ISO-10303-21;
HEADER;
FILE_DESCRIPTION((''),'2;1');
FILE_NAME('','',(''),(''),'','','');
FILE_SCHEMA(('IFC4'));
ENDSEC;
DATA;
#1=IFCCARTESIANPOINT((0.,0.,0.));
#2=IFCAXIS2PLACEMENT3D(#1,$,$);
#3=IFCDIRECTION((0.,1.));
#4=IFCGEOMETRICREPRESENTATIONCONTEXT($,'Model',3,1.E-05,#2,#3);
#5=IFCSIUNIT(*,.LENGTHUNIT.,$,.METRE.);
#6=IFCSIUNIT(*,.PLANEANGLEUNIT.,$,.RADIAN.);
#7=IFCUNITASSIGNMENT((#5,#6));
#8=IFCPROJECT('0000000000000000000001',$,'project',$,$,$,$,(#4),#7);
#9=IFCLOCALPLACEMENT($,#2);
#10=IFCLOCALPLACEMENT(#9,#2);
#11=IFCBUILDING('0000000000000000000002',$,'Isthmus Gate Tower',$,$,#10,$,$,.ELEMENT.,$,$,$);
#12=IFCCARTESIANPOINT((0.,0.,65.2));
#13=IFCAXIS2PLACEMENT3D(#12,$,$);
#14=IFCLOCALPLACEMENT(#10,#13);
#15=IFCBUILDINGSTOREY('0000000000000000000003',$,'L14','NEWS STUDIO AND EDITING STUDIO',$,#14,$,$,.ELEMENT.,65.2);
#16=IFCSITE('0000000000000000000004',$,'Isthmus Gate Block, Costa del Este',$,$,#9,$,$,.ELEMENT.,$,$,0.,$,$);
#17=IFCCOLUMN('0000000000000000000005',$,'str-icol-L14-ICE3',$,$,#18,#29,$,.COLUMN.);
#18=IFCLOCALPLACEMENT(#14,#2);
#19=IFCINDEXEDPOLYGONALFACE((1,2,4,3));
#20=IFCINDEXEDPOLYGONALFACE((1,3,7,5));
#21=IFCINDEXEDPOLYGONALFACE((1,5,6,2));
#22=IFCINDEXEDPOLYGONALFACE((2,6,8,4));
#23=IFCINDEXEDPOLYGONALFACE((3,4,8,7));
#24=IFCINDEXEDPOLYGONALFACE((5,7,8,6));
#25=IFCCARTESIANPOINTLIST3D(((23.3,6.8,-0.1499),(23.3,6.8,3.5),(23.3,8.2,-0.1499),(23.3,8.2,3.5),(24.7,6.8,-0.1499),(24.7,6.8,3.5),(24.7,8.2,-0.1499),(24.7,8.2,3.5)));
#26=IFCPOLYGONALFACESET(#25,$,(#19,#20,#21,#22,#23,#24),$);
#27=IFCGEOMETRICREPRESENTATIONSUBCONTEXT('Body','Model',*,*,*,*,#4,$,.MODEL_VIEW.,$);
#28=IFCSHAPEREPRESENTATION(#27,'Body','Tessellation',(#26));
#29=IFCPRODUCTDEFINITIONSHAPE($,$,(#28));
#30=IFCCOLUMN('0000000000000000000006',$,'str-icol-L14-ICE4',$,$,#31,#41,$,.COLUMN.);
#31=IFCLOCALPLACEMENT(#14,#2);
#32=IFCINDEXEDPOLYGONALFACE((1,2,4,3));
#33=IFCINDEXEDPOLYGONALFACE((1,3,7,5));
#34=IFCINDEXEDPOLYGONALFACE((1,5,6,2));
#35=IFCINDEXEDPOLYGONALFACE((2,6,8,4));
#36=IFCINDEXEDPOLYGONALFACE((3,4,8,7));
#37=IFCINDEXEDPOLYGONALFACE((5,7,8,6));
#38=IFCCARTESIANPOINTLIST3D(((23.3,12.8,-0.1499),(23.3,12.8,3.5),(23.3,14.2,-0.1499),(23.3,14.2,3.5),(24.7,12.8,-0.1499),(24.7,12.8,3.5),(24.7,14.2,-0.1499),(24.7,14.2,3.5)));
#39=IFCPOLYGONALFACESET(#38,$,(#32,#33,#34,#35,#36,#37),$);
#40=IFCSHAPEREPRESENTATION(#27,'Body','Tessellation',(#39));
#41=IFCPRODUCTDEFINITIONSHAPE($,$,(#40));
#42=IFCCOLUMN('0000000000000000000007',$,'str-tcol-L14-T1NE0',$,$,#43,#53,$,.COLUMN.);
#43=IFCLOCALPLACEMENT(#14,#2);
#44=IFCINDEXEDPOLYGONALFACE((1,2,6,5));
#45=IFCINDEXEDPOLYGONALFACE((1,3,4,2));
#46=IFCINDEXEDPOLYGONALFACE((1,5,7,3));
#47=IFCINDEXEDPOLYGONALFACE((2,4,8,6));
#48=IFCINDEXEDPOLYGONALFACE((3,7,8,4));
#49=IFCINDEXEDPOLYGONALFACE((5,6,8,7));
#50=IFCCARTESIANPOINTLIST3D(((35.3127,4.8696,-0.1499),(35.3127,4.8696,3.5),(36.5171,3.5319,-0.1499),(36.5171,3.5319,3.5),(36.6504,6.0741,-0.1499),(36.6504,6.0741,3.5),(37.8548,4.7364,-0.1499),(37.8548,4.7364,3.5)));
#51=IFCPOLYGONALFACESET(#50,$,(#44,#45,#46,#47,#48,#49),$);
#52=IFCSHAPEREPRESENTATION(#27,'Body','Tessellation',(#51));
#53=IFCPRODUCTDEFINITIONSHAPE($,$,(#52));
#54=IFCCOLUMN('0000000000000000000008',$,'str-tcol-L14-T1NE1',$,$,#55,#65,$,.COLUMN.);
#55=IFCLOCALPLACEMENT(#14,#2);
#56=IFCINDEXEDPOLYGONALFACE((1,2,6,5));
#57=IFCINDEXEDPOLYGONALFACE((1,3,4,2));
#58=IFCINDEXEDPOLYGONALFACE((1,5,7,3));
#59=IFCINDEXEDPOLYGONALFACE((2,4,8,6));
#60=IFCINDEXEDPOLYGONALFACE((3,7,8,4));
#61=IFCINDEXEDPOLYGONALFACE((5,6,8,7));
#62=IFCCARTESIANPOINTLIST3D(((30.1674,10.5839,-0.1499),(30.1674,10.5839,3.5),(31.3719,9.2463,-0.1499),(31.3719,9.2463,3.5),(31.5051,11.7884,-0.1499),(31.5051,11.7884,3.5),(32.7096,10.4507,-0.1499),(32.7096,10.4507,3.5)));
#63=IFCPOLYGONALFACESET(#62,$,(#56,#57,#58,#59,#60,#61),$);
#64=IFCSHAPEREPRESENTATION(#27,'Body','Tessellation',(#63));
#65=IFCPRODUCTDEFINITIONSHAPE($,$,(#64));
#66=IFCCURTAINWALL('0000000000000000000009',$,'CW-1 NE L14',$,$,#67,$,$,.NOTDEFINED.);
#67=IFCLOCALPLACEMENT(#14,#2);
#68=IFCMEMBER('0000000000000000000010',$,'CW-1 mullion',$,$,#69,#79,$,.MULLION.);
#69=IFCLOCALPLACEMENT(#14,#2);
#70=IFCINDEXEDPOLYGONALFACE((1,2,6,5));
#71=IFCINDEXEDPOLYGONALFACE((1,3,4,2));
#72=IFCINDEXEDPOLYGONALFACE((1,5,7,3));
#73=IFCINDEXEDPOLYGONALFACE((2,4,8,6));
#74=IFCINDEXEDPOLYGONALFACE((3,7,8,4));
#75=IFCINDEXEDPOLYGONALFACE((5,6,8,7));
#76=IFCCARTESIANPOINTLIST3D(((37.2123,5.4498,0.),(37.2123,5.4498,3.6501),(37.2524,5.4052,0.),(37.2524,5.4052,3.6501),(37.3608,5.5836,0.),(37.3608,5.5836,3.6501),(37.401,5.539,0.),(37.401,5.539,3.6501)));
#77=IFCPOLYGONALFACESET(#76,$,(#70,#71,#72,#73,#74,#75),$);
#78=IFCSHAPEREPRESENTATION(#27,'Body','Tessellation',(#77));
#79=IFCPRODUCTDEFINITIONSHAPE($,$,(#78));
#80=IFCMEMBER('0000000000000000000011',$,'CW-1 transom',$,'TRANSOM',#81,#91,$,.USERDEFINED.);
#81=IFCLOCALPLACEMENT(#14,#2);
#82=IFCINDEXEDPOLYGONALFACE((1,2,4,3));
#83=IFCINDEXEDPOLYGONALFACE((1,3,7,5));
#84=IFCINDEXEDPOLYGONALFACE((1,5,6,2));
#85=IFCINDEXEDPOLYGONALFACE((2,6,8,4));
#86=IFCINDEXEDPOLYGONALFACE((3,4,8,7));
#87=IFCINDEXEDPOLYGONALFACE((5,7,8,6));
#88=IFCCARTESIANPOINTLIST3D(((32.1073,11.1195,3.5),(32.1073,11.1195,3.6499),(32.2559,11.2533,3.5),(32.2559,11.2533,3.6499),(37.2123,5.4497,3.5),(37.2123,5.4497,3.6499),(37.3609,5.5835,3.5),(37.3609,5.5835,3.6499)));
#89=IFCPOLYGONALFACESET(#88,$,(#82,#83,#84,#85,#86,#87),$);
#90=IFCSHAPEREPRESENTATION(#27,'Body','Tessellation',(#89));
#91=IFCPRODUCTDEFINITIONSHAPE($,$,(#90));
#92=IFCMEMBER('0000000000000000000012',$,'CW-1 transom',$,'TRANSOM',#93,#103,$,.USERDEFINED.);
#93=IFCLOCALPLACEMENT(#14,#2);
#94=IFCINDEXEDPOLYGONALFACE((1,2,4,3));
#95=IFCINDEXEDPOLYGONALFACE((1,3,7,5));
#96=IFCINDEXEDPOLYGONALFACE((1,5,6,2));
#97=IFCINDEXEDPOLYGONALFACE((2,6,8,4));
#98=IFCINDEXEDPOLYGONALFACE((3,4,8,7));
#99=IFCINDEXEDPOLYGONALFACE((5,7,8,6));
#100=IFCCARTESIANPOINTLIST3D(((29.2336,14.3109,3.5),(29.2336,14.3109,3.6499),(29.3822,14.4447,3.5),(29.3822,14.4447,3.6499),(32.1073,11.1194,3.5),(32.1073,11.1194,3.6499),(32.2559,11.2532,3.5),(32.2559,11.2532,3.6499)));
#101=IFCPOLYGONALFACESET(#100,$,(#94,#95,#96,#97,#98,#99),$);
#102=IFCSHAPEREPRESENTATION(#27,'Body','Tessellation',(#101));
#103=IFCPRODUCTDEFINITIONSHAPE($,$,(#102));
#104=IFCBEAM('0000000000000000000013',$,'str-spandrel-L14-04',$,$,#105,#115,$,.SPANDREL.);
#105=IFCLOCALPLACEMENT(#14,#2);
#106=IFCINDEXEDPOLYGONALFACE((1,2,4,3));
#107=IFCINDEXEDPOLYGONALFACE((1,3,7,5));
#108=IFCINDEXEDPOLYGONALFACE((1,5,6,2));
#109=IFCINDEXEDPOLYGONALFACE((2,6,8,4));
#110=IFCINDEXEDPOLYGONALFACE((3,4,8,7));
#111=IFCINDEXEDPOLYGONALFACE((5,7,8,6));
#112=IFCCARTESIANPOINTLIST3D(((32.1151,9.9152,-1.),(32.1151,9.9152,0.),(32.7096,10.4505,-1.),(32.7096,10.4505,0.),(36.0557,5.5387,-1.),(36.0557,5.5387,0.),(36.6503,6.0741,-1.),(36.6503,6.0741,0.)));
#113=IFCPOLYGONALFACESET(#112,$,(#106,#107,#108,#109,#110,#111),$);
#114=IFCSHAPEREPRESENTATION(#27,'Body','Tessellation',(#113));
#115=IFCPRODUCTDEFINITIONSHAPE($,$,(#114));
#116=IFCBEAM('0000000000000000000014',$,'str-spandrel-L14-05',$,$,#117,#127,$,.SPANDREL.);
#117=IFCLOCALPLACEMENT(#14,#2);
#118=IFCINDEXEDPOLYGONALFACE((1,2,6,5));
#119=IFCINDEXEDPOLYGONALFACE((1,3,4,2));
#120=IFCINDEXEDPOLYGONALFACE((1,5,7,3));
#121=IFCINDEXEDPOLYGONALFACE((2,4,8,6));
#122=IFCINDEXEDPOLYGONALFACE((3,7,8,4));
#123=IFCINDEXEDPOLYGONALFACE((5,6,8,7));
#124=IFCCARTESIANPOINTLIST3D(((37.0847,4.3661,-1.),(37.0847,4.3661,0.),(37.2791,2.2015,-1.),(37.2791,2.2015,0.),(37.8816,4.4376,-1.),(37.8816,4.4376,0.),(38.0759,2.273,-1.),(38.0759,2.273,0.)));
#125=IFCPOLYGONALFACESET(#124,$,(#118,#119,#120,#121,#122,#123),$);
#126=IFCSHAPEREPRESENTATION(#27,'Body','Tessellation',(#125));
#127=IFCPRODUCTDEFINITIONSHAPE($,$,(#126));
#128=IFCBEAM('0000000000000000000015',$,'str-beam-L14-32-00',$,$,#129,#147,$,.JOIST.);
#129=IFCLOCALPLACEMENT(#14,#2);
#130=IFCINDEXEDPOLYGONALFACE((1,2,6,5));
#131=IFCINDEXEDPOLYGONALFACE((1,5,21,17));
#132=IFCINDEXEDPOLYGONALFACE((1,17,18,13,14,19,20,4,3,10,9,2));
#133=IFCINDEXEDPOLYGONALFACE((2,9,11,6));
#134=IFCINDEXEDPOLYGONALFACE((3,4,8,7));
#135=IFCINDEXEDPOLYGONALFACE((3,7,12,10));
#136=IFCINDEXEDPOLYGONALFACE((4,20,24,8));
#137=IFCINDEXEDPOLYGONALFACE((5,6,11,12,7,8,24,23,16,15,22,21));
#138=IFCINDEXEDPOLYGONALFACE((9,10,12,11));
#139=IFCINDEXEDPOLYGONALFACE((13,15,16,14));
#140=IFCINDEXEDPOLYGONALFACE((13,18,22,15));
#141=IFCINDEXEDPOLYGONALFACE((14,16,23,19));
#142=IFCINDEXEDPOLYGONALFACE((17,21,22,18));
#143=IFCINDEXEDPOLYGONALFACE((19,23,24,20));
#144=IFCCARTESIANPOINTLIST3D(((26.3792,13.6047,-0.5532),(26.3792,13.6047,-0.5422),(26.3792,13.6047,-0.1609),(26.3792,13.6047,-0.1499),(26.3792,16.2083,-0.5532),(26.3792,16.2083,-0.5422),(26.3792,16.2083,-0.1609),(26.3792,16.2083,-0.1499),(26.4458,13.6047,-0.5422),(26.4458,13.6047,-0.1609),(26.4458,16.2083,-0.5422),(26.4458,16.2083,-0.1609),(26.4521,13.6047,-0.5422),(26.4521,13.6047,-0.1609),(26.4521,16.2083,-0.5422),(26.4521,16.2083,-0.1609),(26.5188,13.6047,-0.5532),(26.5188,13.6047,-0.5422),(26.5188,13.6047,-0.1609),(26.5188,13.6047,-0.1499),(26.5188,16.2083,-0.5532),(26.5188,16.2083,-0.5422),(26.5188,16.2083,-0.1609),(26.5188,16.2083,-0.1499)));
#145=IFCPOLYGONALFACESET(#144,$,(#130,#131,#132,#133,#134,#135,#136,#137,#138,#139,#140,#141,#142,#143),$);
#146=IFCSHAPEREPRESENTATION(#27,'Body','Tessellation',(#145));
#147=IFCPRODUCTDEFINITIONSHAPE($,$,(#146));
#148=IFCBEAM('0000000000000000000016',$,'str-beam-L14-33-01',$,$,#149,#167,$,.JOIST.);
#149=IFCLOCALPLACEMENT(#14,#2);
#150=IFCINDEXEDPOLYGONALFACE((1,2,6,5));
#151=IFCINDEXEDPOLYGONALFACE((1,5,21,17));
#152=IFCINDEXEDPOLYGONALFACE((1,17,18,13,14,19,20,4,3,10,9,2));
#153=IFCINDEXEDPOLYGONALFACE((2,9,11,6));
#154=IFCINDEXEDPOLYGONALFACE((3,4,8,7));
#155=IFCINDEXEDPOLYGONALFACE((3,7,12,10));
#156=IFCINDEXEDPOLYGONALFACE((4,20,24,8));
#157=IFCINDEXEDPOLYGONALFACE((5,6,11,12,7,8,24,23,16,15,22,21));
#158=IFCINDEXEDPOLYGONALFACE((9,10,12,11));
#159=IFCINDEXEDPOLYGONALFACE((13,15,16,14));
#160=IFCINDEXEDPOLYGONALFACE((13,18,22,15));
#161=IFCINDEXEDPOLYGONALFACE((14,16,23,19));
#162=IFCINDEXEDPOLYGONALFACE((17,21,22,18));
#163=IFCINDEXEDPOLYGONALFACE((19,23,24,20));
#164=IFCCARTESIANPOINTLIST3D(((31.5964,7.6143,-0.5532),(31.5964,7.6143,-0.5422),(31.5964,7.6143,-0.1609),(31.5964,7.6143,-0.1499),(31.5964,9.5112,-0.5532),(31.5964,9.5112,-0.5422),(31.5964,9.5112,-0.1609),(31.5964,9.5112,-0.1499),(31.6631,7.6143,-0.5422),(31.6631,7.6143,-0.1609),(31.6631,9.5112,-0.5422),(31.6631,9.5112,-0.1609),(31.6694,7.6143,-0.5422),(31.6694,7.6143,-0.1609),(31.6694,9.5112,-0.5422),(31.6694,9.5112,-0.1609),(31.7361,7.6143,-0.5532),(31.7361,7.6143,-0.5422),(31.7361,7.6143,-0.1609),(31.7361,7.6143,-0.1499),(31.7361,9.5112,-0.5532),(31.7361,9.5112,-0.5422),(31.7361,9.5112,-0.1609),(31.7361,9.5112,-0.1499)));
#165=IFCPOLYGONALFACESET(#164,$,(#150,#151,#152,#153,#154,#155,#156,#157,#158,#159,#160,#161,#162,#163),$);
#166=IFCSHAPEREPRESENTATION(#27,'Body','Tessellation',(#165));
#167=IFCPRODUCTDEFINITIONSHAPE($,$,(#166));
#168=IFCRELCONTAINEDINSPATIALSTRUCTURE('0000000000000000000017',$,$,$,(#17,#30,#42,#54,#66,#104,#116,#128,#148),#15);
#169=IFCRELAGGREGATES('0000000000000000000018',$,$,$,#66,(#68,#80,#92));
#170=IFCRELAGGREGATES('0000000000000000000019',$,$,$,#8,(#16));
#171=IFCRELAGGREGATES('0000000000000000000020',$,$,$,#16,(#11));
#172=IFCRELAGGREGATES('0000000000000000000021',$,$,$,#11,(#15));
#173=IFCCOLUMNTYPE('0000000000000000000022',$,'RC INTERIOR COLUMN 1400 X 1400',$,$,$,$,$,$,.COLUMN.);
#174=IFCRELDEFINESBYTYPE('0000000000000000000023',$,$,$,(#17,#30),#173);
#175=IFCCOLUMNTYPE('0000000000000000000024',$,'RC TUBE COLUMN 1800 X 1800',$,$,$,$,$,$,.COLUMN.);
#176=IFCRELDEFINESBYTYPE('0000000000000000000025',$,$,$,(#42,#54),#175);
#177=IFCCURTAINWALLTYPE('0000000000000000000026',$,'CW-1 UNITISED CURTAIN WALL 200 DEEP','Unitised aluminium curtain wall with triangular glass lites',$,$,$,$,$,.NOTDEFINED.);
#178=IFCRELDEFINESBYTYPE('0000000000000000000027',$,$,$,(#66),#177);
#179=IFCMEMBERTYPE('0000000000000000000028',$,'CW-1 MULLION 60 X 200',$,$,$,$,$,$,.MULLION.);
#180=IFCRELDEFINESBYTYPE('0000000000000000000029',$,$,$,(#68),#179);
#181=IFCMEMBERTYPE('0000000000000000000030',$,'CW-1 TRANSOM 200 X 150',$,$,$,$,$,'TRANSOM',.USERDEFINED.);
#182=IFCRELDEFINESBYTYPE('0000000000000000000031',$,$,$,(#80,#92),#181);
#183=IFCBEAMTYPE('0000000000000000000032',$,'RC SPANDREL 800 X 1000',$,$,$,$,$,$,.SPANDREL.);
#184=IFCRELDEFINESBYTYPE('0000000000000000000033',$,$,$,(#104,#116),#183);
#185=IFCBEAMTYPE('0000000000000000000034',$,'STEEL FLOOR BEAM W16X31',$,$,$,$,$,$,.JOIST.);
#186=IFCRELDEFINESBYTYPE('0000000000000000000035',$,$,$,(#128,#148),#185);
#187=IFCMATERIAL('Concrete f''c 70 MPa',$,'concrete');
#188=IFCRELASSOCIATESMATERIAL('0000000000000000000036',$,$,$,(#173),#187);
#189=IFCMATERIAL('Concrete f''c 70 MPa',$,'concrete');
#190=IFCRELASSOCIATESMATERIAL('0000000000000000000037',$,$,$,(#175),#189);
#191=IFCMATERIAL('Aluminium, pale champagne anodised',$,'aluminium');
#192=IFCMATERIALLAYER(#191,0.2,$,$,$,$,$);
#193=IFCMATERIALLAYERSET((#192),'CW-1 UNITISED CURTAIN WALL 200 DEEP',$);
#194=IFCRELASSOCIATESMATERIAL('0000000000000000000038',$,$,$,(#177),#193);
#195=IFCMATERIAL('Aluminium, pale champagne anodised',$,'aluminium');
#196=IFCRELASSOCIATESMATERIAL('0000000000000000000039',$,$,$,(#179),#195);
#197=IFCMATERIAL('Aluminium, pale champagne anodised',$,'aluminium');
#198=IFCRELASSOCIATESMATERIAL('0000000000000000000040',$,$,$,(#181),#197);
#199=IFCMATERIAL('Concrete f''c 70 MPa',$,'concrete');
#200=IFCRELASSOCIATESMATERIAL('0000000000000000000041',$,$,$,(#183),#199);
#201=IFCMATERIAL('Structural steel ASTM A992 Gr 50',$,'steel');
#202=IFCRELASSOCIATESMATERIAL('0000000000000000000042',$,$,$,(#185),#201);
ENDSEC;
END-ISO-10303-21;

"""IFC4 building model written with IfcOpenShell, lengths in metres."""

from ifc_helpers import new_model, si_unit, direction, frame, origin, origin_2d, place, context, subcontext, project, spatial, rectangle, i_section, extrude, material, layer, layer_set, material_profile, profile_set, type_object, element, aggregate, save


model = new_model("IFC4")

# Units and contexts
model_context = context("Model", 3, precision=1e-05, world=origin(), true_north=direction((0.0, 1.0)))
body_context = subcontext(model_context, "Body", "Model", "MODEL_VIEW")
ifc_project = project(units=[si_unit("LENGTHUNIT", "METRE"), si_unit("PLANEANGLEUNIT", "RADIAN")], contexts=[model_context])

# Site, building, storey
site_placement = place(None, origin())
site = spatial("IfcSite", under=ifc_project, at=site_placement, Name="Isthmus Gate Block, Costa del Este", CompositionType="ELEMENT", RefElevation=0.0)
building_placement = place(site_placement, origin())
building = spatial("IfcBuilding", under=site, at=building_placement, Name="Isthmus Gate Tower", CompositionType="ELEMENT")
storey_placement = place(building_placement, frame((0.0, 0.0, 65.2)))
storey = spatial("IfcBuildingStorey", under=building, at=storey_placement, Name="L14", Description="NEWS STUDIO AND EDITING STUDIO", CompositionType="ELEMENT", Elevation=65.2)

# Columns
ifc_material_1 = material(Name="Concrete f'c 70 MPa", Category="concrete")
ifc_material_profile_1 = material_profile(ifc_material_1, rectangle(XDim=1.3999, YDim=1.3999, at=origin_2d()), Name="RC 1400X1400")
ifc_profile_set_1 = profile_set([ifc_material_profile_1], Name="Concrete f'c 70 MPa")
column_type_1 = type_object("IfcColumnType", Name="RC INTERIOR COLUMN 1400 X 1400", PredefinedType="COLUMN", material=ifc_profile_set_1)
for number, where, z_axis, x_axis, name in (
    (1, (24.0, 7.5, -0.1499), (0.0, 0.0, 1.0), (1.0, 0.0, 0.0), "str-icol-L14-ICE3"),
    (2, (24.0, 13.5, -0.1499), (0.0, 0.0, 1.0), (1.0, 0.0, 0.0), "str-icol-L14-ICE4"),
):
    element("IfcColumn", number, at=place(storey_placement, frame(where, z_axis=z_axis, x_axis=x_axis)), inside=storey, type_object=column_type_1, Name=name, PredefinedType="COLUMN", context=body_context, shape_type="SweptSolid", body=[
        extrude(rectangle(XDim=1.3999, YDim=1.3999, at=origin_2d()), origin(), (0.0, 0.0, 1.0), 3.6499),
    ])
ifc_material_2 = material(Name="Concrete f'c 70 MPa", Category="concrete")
ifc_material_profile_2 = material_profile(ifc_material_2, rectangle(XDim=1.8, YDim=1.8, at=origin_2d()), Name="RC 1800X1800")
ifc_profile_set_2 = profile_set([ifc_material_profile_2], Name="Concrete f'c 70 MPa")
column_type_2 = type_object("IfcColumnType", Name="RC TUBE COLUMN 1800 X 1800", PredefinedType="COLUMN", material=ifc_profile_set_2)
for number, where, z_axis, x_axis, name in (
    (3, (36.5837, 4.803, -0.1499), (0.0, 0.0, 1.0), (-0.669131, 0.743145, 0.0), "str-tcol-L14-T1NE0"),
    (4, (31.4385, 10.5173, -0.1499), (0.0, 0.0, 1.0), (-0.669131, 0.743145, 0.0), "str-tcol-L14-T1NE1"),
):
    element("IfcColumn", number, at=place(storey_placement, frame(where, z_axis=z_axis, x_axis=x_axis)), inside=storey, type_object=column_type_2, Name=name, PredefinedType="COLUMN", context=body_context, shape_type="SweptSolid", body=[
        extrude(rectangle(XDim=1.8, YDim=1.8, at=origin_2d()), origin(), (0.0, 0.0, 1.0), 3.6499),
    ])

# Curtain wall, members
ifc_material_3 = material(Name="Aluminium, pale champagne anodised", Category="aluminium")
ifc_layer_1 = layer(ifc_material_3, 0.2)
ifc_layer_set_1 = layer_set([ifc_layer_1], Name="CW-1 UNITISED CURTAIN WALL 200 DEEP")
curtain_wall_type = type_object("IfcCurtainWallType", Name="CW-1 UNITISED CURTAIN WALL 200 DEEP", Description="Unitised aluminium curtain wall with triangular glass lites", PredefinedType="NOTDEFINED", material=ifc_layer_set_1)
curtain_wall_1_placement = place(storey_placement, origin())
curtain_wall_1 = element("IfcCurtainWall", 5, at=curtain_wall_1_placement, inside=storey, type_object=curtain_wall_type, Name="CW-1 NE L14", PredefinedType="NOTDEFINED")
ifc_material_4 = material(Name="Aluminium, pale champagne anodised", Category="aluminium")
ifc_material_profile_3 = material_profile(ifc_material_4, rectangle(XDim=0.0601, YDim=0.2, at=origin_2d()), Name="60x200")
ifc_profile_set_3 = profile_set([ifc_material_profile_3], Name="Aluminium, pale champagne anodised")
member_type_1 = type_object("IfcMemberType", Name="CW-1 MULLION 60 X 200", PredefinedType="MULLION", material=ifc_profile_set_3)
member_1_placement = place(storey_placement, frame((37.3066, 5.4944, 0.0), z_axis=(0.0, 0.0, 1.0), x_axis=(-0.669131, 0.743145, 0.0)))
member_1 = element("IfcMember", 6, at=member_1_placement, type_object=member_type_1, Name="CW-1 mullion", PredefinedType="MULLION", context=body_context, shape_type="SweptSolid", body=[
    extrude(rectangle(XDim=0.0601, YDim=0.2, at=origin_2d()), origin(), (0.0, 0.0, 1.0), 3.6501),
])
ifc_material_5 = material(Name="Aluminium, pale champagne anodised", Category="aluminium")
ifc_material_profile_4 = material_profile(ifc_material_5, rectangle(XDim=0.2, YDim=0.1499, at=origin_2d()), Name="200x150")
ifc_profile_set_4 = profile_set([ifc_material_profile_4], Name="Aluminium, pale champagne anodised")
member_type_2 = type_object("IfcMemberType", Name="CW-1 TRANSOM 200 X 150", ElementType="TRANSOM", PredefinedType="USERDEFINED", material=ifc_profile_set_4)
member_2_placement = place(storey_placement, frame((37.2866, 5.5166, 3.575), z_axis=(-0.669129, 0.743146, 0.0), x_axis=(-0.743146, -0.669129, 0.0)))
member_2 = element("IfcMember", 7, at=member_2_placement, type_object=member_type_2, Name="CW-1 transom", ObjectType="TRANSOM", PredefinedType="USERDEFINED", context=body_context, shape_type="SweptSolid", body=[
    extrude(rectangle(XDim=0.2, YDim=0.1499, at=origin_2d()), origin(), (0.0, 0.0, 1.0), 7.6294),
])
member_3_placement = place(storey_placement, frame((32.1816, 11.1863, 3.575), z_axis=(-0.669131, 0.743144, 0.0), x_axis=(-0.743144, -0.669131, 0.0)))
member_3 = element("IfcMember", 8, at=member_3_placement, type_object=member_type_2, Name="CW-1 transom", ObjectType="TRANSOM", PredefinedType="USERDEFINED", context=body_context, shape_type="SweptSolid", body=[
    extrude(rectangle(XDim=0.2, YDim=0.1499, at=origin_2d()), origin(), (0.0, 0.0, 1.0), 4.2947),
])

# Beams
ifc_material_6 = material(Name="Concrete f'c 70 MPa", Category="concrete")
ifc_material_profile_5 = material_profile(ifc_material_6, rectangle(XDim=0.8, YDim=1.0, at=origin_2d()), Name="RC 800X1000")
ifc_profile_set_5 = profile_set([ifc_material_profile_5], Name="Concrete f'c 70 MPa")
beam_type_1 = type_object("IfcBeamType", Name="RC SPANDREL 800 X 1000", PredefinedType="SPANDREL", material=ifc_profile_set_5)
beam_1_placement = place(storey_placement, frame((32.4124, 10.1829, -0.5), z_axis=(0.669139, -0.743137, 0.0), x_axis=(0.743137, 0.669139, 0.0)))
element("IfcBeam", 9, at=beam_1_placement, inside=storey, type_object=beam_type_1, Name="str-spandrel-L14-04", PredefinedType="SPANDREL", context=body_context, shape_type="SweptSolid", body=[
    extrude(rectangle(XDim=0.8, YDim=1.0, at=origin_2d()), origin(), (0.0, 0.0, 1.0), 5.8892),
])
beam_2_placement = place(storey_placement, frame((37.4832, 4.4019, -0.5), z_axis=(0.089422, -0.995994, 0.0), x_axis=(0.995994, 0.089422, 0.0)))
element("IfcBeam", 10, at=beam_2_placement, inside=storey, type_object=beam_type_1, Name="str-spandrel-L14-05", PredefinedType="SPANDREL", context=body_context, shape_type="SweptSolid", body=[
    extrude(rectangle(XDim=0.8, YDim=1.0, at=origin_2d()), origin(), (0.0, 0.0, 1.0), 2.1733),
])
ifc_material_7 = material(Name="Structural steel ASTM A992 Gr 50", Category="steel")
ifc_material_profile_6 = material_profile(ifc_material_7, i_section(OverallWidth=0.1396, OverallDepth=0.4033, WebThickness=0.0063, FlangeThickness=0.011, at=origin_2d()), Name="W16X31")
ifc_profile_set_6 = profile_set([ifc_material_profile_6], Name="Structural steel ASTM A992 Gr 50")
beam_type_2 = type_object("IfcBeamType", Name="STEEL FLOOR BEAM W16X31", PredefinedType="JOIST", material=ifc_profile_set_6)
beam_3_placement = place(storey_placement, frame((26.449, 13.6047, -0.3516), z_axis=(0.0, 1.0, 0.0), x_axis=(-1.0, 0.0, 0.0)))
element("IfcBeam", 11, at=beam_3_placement, inside=storey, type_object=beam_type_2, Name="str-beam-L14-32-00", PredefinedType="JOIST", context=body_context, shape_type="SweptSolid", body=[
    extrude(i_section(OverallWidth=0.1396, OverallDepth=0.4033, WebThickness=0.0063, FlangeThickness=0.011, at=origin_2d()), origin(), (0.0, 0.0, 1.0), 2.6035),
])
beam_4_placement = place(storey_placement, frame((31.6663, 7.6143, -0.3516), z_axis=(0.0, 1.0, 0.0), x_axis=(-1.0, 0.0, 0.0)))
element("IfcBeam", 12, at=beam_4_placement, inside=storey, type_object=beam_type_2, Name="str-beam-L14-33-01", PredefinedType="JOIST", context=body_context, shape_type="SweptSolid", body=[
    extrude(i_section(OverallWidth=0.1396, OverallDepth=0.4033, WebThickness=0.0063, FlangeThickness=0.011, at=origin_2d()), origin(), (0.0, 0.0, 1.0), 1.897),
])

aggregate(curtain_wall_1, [member_1, member_2, member_3])

save(model, "model.ifc")
